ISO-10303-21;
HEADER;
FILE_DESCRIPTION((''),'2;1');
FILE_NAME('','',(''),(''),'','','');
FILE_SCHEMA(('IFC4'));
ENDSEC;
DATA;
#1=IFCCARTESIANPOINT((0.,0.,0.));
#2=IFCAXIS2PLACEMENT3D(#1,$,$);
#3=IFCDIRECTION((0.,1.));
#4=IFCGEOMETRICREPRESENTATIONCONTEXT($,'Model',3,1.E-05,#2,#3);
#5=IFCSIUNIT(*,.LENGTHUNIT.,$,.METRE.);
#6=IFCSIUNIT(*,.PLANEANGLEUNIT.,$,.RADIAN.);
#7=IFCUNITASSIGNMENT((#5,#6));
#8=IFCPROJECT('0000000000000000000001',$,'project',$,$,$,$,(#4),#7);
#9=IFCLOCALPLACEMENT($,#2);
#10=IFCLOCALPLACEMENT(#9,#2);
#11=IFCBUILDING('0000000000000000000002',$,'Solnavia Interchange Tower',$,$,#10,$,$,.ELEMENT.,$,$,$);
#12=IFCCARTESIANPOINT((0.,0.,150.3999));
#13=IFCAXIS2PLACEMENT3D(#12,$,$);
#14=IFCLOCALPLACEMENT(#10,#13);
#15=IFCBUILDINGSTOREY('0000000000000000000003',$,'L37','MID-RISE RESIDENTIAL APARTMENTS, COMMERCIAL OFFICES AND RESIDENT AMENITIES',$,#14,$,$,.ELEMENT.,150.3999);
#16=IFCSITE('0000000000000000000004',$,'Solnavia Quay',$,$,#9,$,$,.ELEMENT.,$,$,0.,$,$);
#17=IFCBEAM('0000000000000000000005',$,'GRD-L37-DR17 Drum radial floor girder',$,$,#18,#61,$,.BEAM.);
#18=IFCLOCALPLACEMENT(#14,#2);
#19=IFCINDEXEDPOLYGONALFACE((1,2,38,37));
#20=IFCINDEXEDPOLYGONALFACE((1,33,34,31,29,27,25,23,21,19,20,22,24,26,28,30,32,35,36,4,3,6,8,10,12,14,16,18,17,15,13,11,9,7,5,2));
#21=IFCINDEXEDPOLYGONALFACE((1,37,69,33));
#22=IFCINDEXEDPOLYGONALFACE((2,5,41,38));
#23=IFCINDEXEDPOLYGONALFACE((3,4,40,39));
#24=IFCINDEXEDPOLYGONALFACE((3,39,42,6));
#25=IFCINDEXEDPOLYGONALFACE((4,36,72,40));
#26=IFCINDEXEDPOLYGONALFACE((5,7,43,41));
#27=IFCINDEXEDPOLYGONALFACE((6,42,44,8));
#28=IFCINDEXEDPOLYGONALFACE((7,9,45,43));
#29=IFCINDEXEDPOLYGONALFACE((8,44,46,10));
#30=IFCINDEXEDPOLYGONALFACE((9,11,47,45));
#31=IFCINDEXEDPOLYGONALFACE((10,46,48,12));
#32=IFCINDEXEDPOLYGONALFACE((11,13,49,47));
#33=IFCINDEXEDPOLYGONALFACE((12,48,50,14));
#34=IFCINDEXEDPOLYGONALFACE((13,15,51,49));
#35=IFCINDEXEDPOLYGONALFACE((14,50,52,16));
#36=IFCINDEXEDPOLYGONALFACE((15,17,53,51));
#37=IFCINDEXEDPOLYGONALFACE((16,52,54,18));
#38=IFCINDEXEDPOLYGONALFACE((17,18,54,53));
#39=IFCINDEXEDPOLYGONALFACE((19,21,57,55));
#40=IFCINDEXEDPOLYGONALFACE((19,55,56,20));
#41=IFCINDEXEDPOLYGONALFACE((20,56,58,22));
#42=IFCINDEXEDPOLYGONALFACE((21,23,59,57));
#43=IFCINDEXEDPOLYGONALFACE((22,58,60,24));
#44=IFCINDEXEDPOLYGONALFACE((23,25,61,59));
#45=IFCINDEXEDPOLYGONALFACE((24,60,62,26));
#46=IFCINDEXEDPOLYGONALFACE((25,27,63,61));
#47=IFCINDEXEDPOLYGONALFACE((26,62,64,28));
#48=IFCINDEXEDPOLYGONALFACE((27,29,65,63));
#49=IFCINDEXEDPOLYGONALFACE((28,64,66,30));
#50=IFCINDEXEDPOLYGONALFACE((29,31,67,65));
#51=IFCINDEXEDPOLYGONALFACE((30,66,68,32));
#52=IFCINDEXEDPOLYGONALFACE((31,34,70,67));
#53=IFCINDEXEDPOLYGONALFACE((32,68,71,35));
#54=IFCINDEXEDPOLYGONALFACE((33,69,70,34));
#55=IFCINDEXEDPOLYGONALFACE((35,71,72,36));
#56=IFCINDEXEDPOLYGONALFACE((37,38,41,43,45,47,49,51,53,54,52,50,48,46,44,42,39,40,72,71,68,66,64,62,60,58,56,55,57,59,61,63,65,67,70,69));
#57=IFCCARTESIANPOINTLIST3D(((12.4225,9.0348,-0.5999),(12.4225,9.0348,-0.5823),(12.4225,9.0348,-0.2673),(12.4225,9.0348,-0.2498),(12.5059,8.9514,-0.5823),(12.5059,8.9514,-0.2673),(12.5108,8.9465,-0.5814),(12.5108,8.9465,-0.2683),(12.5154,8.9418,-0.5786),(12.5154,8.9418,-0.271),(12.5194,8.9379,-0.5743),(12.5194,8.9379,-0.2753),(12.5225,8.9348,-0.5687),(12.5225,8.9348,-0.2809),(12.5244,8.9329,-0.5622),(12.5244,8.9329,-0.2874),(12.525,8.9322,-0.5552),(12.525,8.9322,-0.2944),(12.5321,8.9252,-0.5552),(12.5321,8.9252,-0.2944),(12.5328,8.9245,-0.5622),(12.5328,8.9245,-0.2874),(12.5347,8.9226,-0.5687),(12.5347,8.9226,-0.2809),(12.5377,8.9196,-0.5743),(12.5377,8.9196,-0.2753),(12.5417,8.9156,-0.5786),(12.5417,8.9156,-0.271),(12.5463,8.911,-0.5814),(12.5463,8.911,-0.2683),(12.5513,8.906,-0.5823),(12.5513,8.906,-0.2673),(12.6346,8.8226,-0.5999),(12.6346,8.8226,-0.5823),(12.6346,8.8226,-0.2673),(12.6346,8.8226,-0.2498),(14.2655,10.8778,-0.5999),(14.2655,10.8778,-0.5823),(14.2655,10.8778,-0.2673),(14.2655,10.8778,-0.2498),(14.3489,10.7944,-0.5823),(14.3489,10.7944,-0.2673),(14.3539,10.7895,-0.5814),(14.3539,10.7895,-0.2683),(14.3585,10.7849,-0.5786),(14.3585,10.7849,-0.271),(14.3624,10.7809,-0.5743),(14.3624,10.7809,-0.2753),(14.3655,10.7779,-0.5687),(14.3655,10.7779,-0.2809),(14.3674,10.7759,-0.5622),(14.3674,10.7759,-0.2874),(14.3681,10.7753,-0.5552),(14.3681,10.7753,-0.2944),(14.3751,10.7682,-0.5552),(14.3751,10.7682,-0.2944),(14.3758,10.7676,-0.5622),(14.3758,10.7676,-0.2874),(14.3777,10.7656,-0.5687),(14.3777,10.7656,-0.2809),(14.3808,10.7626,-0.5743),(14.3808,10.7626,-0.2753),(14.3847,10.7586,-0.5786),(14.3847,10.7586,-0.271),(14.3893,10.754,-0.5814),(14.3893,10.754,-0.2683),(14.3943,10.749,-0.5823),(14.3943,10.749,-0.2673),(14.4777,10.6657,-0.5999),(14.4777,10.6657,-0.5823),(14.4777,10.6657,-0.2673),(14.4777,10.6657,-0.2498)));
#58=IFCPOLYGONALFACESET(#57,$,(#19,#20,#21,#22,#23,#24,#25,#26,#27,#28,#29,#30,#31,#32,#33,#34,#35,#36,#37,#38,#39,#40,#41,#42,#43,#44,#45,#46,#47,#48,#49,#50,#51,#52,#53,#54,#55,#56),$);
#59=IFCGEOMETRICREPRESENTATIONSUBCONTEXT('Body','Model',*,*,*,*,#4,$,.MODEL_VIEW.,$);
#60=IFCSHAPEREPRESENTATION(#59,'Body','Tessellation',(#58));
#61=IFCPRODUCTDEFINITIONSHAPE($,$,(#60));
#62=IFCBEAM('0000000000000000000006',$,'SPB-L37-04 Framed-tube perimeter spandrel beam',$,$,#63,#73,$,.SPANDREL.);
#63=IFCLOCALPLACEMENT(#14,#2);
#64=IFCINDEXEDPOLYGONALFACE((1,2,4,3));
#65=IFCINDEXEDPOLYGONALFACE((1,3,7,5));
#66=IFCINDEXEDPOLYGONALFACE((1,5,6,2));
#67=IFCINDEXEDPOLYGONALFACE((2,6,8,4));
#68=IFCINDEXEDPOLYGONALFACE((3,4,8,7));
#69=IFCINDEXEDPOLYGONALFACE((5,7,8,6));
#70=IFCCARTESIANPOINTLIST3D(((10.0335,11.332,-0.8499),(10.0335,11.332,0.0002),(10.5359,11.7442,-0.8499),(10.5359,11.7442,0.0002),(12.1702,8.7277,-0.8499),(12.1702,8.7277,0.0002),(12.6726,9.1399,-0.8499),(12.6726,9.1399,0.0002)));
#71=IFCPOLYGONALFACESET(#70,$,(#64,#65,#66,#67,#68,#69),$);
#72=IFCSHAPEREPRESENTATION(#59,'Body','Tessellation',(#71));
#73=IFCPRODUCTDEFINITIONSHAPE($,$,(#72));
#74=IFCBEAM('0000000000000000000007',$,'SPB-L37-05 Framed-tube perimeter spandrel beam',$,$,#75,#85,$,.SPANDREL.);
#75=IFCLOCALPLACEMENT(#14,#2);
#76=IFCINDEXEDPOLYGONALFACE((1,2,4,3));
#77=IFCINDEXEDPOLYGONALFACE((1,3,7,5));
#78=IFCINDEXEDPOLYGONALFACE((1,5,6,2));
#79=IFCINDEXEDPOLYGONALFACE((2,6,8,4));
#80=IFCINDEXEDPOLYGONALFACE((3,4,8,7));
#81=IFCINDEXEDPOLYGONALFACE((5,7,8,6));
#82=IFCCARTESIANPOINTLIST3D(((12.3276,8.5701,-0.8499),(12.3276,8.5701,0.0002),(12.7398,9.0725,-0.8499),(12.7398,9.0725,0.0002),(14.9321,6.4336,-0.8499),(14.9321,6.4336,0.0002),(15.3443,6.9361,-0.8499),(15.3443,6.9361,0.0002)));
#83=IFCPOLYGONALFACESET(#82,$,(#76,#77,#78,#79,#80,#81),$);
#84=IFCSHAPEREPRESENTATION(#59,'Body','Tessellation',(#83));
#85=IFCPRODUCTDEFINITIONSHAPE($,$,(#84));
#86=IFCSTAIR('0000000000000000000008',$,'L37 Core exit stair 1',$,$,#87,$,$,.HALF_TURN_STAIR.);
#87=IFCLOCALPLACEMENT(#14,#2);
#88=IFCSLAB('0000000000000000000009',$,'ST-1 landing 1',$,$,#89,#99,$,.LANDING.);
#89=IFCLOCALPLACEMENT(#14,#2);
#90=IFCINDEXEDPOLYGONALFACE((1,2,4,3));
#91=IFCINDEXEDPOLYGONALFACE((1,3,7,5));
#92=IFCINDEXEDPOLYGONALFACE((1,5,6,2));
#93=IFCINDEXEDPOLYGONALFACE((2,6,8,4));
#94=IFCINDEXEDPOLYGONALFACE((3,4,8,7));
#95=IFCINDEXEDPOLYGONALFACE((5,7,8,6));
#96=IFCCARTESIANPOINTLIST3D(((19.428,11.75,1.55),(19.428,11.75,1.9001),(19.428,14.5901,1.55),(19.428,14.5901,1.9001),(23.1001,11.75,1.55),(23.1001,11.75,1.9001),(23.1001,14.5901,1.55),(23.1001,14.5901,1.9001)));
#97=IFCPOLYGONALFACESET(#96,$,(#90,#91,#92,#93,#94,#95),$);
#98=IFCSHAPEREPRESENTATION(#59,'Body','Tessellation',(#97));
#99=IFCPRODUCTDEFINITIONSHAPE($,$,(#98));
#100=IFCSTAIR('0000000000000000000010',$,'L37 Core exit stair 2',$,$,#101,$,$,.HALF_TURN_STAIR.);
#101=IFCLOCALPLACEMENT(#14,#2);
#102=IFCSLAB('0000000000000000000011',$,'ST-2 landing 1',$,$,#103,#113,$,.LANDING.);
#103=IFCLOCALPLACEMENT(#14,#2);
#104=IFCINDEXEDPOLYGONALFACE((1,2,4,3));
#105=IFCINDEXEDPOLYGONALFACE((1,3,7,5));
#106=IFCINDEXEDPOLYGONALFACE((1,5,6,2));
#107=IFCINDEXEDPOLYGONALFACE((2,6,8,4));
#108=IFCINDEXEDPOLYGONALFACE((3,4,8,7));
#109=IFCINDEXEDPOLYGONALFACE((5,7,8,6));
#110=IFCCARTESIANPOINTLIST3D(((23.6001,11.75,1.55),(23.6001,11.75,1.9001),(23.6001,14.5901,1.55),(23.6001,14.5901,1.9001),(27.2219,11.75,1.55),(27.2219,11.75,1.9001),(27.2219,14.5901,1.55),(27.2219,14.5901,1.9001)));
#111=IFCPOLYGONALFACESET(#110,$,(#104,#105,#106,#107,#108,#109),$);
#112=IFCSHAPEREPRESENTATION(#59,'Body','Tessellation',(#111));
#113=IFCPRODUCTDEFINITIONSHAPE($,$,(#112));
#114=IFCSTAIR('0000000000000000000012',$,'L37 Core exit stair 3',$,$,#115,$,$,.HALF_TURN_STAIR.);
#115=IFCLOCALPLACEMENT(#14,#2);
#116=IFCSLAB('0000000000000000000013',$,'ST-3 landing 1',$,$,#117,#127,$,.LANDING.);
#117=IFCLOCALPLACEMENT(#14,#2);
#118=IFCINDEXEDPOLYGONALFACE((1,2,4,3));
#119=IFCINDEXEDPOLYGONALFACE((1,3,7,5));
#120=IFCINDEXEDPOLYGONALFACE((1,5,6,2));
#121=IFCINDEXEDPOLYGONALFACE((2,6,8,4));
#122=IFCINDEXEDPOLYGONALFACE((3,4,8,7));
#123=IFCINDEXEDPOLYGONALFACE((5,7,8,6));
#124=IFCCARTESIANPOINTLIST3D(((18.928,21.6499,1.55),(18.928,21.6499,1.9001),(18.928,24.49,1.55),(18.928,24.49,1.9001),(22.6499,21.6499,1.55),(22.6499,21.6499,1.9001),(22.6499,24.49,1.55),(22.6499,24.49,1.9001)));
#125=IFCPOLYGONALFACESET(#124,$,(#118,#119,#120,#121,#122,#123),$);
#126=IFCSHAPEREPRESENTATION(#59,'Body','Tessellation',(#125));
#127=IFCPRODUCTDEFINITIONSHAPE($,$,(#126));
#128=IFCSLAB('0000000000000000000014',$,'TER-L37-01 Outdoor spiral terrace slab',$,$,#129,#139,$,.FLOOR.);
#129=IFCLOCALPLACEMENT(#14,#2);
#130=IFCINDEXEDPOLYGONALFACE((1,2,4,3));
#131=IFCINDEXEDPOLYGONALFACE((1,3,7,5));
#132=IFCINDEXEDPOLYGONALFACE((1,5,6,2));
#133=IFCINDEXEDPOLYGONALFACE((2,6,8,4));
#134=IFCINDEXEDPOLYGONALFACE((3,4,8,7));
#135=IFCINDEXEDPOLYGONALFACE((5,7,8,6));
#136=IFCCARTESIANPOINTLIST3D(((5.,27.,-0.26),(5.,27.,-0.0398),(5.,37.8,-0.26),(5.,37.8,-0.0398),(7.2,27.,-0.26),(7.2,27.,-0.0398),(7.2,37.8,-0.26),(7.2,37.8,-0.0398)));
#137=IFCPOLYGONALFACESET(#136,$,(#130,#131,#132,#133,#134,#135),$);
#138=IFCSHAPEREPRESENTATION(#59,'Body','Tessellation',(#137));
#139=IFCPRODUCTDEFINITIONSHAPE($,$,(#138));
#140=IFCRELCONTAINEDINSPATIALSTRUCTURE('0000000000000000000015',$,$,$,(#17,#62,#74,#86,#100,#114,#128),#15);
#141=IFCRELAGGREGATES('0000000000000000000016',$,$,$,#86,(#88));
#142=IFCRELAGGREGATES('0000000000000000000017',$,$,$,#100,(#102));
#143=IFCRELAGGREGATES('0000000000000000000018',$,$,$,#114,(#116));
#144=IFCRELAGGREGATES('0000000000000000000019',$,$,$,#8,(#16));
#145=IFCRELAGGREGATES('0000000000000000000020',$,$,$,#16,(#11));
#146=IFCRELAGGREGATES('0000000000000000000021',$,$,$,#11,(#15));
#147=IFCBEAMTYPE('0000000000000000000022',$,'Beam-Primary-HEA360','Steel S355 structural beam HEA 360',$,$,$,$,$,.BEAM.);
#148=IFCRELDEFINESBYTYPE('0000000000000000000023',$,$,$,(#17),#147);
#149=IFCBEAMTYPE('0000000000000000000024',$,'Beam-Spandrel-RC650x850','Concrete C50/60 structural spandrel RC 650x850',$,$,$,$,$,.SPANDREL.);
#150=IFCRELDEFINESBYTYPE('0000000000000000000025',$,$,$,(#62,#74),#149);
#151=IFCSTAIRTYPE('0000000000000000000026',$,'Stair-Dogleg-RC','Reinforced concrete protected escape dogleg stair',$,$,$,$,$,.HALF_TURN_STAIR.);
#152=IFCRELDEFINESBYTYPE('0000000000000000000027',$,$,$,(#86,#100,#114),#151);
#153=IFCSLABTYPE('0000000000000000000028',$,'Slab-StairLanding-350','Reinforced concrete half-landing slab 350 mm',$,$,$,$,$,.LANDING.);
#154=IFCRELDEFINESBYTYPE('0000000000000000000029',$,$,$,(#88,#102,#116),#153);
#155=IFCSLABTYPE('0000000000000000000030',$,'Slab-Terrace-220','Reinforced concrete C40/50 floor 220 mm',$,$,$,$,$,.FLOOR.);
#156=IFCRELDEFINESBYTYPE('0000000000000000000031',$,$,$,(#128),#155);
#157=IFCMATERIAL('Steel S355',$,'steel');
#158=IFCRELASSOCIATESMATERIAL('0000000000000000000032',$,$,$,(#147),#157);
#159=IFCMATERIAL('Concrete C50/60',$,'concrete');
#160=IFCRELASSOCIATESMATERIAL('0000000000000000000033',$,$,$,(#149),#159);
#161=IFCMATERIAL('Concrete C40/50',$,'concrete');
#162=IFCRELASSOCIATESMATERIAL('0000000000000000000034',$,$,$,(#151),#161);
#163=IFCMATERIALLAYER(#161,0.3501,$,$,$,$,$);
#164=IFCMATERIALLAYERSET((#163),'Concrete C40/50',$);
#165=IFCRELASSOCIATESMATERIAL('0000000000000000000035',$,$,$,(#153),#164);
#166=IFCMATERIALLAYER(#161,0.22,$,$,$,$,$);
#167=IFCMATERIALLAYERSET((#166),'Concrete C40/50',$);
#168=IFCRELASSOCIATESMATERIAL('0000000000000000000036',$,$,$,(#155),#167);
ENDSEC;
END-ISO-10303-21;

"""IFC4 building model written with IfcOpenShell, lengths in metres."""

from ifc_helpers import new_model, si_unit, direction, frame, origin, origin_2d, place, context, subcontext, project, spatial, polyline, rectangle, i_section, outline, extrude, material, layer, layer_set, material_profile, profile_set, type_object, element, aggregate, save


model = new_model("IFC4")

# Units and contexts
model_context = context("Model", 3, precision=1e-05, world=origin(), true_north=direction((0.0, 1.0)))
body_context = subcontext(model_context, "Body", "Model", "MODEL_VIEW")
ifc_project = project(units=[si_unit("LENGTHUNIT", "METRE"), si_unit("PLANEANGLEUNIT", "RADIAN")], contexts=[model_context])

# Site, building, storey
site_placement = place(None, origin())
site = spatial("IfcSite", under=ifc_project, at=site_placement, Name="Solnavia Quay", CompositionType="ELEMENT", RefElevation=0.0)
building_placement = place(site_placement, origin())
building = spatial("IfcBuilding", under=site, at=building_placement, Name="Solnavia Interchange Tower", CompositionType="ELEMENT")
storey_placement = place(building_placement, frame((0.0, 0.0, 150.3999)))
storey = spatial("IfcBuildingStorey", under=building, at=storey_placement, Name="L37", Description="MID-RISE RESIDENTIAL APARTMENTS, COMMERCIAL OFFICES AND RESIDENT AMENITIES", CompositionType="ELEMENT", Elevation=150.3999)

# Shared definitions
ifc_material_1 = material(Name="Concrete C50/60", Category="concrete")
ifc_material_2 = material(Name="Steel S355", Category="steel")

# Beams
ifc_material_profile_1 = material_profile(ifc_material_2, i_section(OverallWidth=0.3, OverallDepth=0.3501, WebThickness=0.01, FlangeThickness=0.0176, FilletRadius=0.0271, at=origin_2d()), Name="HEA 360")
ifc_profile_set_1 = profile_set([ifc_material_profile_1], Name="Steel S355")
beam_type_1 = type_object("IfcBeamType", Name="Beam-Primary-HEA360", Description="Steel S355 structural beam HEA 360", PredefinedType="BEAM", material=ifc_profile_set_1)
beam_1_placement = place(storey_placement, frame((12.5286, 8.9287, -0.4248), z_axis=(0.707107, 0.707107, 0.0), x_axis=(-0.707107, 0.707107, 0.0)))
element("IfcBeam", 1, at=beam_1_placement, inside=storey, type_object=beam_type_1, Name="GRD-L37-DR17 Drum radial floor girder", PredefinedType="BEAM", context=body_context, shape_type="SweptSolid", body=[
    extrude(i_section(OverallWidth=0.3, OverallDepth=0.3501, WebThickness=0.01, FlangeThickness=0.0176, FilletRadius=0.0271, at=origin_2d()), origin(), (0.0, 0.0, 1.0), 2.6064),
])
ifc_material_profile_2 = material_profile(ifc_material_1, rectangle(XDim=0.6499, YDim=0.8501, at=origin_2d()), Name="RC 650x850")
ifc_profile_set_2 = profile_set([ifc_material_profile_2], Name="Concrete C50/60")
beam_type_2 = type_object("IfcBeamType", Name="Beam-Spandrel-RC650x850", Description="Concrete C50/60 structural spandrel RC 650x850", PredefinedType="SPANDREL", material=ifc_profile_set_2)
for number, where, z_axis, x_axis, name in (
    (2, (10.2847, 11.5381, -0.4248), (0.634299, -0.773088, 0.0), (0.773088, 0.634299, 0.0), "SPB-L37-04 Framed-tube perimeter spandrel beam"),
    (3, (12.5337, 8.8213, -0.4248), (0.773153, -0.63422, 0.0), (0.63422, 0.773153, 0.0), "SPB-L37-05 Framed-tube perimeter spandrel beam"),
):
    element("IfcBeam", number, at=place(storey_placement, frame(where, z_axis=z_axis, x_axis=x_axis)), inside=storey, type_object=beam_type_2, Name=name, PredefinedType="SPANDREL", context=body_context, shape_type="SweptSolid", body=[
        extrude(rectangle(XDim=0.6499, YDim=0.8501, at=origin_2d()), origin(), (0.0, 0.0, 1.0), 3.3687),
    ])

# Stairs, slabs
ifc_material_3 = material(Name="Concrete C40/50", Category="concrete")
stair_type = type_object("IfcStairType", Name="Stair-Dogleg-RC", Description="Reinforced concrete protected escape dogleg stair", PredefinedType="HALF_TURN_STAIR", material=ifc_material_3)
stair_1_placement = place(storey_placement, origin())
stair_1 = element("IfcStair", 4, at=stair_1_placement, inside=storey, type_object=stair_type, Name="L37 Core exit stair 1", PredefinedType="HALF_TURN_STAIR")
ifc_layer_1 = layer(ifc_material_3, 0.3501)
ifc_layer_set_1 = layer_set([ifc_layer_1], Name="Concrete C40/50")
slab_type_1 = type_object("IfcSlabType", Name="Slab-StairLanding-350", Description="Reinforced concrete half-landing slab 350 mm", PredefinedType="LANDING", material=ifc_layer_set_1)
slab_1_placement = place(storey_placement, frame((0.0, 0.0, 1.55)))
slab_1 = element("IfcSlab", 5, at=slab_1_placement, type_object=slab_type_1, Name="ST-1 landing 1", PredefinedType="LANDING", context=body_context, shape_type="SweptSolid", body=[
    extrude(outline(polyline([(19.428, 11.75), (23.1001, 11.75), (23.1001, 14.5901), (19.428, 14.5901), (19.428, 11.75)])), origin(), (0.0, 0.0, 1.0), 0.3501),
])
aggregate(stair_1, [slab_1])
stair_2_placement = place(storey_placement, origin())
stair_2 = element("IfcStair", 6, at=stair_2_placement, inside=storey, type_object=stair_type, Name="L37 Core exit stair 2", PredefinedType="HALF_TURN_STAIR")
slab_2_placement = place(storey_placement, frame((0.0, 0.0, 1.55)))
slab_2 = element("IfcSlab", 7, at=slab_2_placement, type_object=slab_type_1, Name="ST-2 landing 1", PredefinedType="LANDING", context=body_context, shape_type="SweptSolid", body=[
    extrude(outline(polyline([(23.6001, 11.75), (27.2219, 11.75), (27.2219, 14.5901), (23.6001, 14.5901), (23.6001, 11.75)])), origin(), (0.0, 0.0, 1.0), 0.3501),
])
aggregate(stair_2, [slab_2])
stair_3_placement = place(storey_placement, origin())
stair_3 = element("IfcStair", 8, at=stair_3_placement, inside=storey, type_object=stair_type, Name="L37 Core exit stair 3", PredefinedType="HALF_TURN_STAIR")
slab_3_placement = place(storey_placement, frame((0.0, 0.0, 1.55)))
slab_3 = element("IfcSlab", 9, at=slab_3_placement, type_object=slab_type_1, Name="ST-3 landing 1", PredefinedType="LANDING", context=body_context, shape_type="SweptSolid", body=[
    extrude(outline(polyline([(18.928, 21.6499), (22.6499, 21.6499), (22.6499, 24.49), (18.928, 24.49), (18.928, 21.6499)])), origin(), (0.0, 0.0, 1.0), 0.3501),
])
aggregate(stair_3, [slab_3])

# Slab
ifc_layer_2 = layer(ifc_material_3, 0.22)
ifc_layer_set_2 = layer_set([ifc_layer_2], Name="Concrete C40/50")
slab_type_2 = type_object("IfcSlabType", Name="Slab-Terrace-220", Description="Reinforced concrete C40/50 floor 220 mm", PredefinedType="FLOOR", material=ifc_layer_set_2)
slab_4_placement = place(storey_placement, frame((0.0, 0.0, -0.26)))
element("IfcSlab", 10, at=slab_4_placement, inside=storey, type_object=slab_type_2, Name="TER-L37-01 Outdoor spiral terrace slab", PredefinedType="FLOOR", context=body_context, shape_type="SweptSolid", body=[
    extrude(outline(polyline([(5.0, 27.0), (7.2, 27.0), (7.2, 37.8), (5.0, 37.8), (5.0, 27.0)])), origin(), (0.0, 0.0, 1.0), 0.2202),
])

save(model, "model.ifc")
